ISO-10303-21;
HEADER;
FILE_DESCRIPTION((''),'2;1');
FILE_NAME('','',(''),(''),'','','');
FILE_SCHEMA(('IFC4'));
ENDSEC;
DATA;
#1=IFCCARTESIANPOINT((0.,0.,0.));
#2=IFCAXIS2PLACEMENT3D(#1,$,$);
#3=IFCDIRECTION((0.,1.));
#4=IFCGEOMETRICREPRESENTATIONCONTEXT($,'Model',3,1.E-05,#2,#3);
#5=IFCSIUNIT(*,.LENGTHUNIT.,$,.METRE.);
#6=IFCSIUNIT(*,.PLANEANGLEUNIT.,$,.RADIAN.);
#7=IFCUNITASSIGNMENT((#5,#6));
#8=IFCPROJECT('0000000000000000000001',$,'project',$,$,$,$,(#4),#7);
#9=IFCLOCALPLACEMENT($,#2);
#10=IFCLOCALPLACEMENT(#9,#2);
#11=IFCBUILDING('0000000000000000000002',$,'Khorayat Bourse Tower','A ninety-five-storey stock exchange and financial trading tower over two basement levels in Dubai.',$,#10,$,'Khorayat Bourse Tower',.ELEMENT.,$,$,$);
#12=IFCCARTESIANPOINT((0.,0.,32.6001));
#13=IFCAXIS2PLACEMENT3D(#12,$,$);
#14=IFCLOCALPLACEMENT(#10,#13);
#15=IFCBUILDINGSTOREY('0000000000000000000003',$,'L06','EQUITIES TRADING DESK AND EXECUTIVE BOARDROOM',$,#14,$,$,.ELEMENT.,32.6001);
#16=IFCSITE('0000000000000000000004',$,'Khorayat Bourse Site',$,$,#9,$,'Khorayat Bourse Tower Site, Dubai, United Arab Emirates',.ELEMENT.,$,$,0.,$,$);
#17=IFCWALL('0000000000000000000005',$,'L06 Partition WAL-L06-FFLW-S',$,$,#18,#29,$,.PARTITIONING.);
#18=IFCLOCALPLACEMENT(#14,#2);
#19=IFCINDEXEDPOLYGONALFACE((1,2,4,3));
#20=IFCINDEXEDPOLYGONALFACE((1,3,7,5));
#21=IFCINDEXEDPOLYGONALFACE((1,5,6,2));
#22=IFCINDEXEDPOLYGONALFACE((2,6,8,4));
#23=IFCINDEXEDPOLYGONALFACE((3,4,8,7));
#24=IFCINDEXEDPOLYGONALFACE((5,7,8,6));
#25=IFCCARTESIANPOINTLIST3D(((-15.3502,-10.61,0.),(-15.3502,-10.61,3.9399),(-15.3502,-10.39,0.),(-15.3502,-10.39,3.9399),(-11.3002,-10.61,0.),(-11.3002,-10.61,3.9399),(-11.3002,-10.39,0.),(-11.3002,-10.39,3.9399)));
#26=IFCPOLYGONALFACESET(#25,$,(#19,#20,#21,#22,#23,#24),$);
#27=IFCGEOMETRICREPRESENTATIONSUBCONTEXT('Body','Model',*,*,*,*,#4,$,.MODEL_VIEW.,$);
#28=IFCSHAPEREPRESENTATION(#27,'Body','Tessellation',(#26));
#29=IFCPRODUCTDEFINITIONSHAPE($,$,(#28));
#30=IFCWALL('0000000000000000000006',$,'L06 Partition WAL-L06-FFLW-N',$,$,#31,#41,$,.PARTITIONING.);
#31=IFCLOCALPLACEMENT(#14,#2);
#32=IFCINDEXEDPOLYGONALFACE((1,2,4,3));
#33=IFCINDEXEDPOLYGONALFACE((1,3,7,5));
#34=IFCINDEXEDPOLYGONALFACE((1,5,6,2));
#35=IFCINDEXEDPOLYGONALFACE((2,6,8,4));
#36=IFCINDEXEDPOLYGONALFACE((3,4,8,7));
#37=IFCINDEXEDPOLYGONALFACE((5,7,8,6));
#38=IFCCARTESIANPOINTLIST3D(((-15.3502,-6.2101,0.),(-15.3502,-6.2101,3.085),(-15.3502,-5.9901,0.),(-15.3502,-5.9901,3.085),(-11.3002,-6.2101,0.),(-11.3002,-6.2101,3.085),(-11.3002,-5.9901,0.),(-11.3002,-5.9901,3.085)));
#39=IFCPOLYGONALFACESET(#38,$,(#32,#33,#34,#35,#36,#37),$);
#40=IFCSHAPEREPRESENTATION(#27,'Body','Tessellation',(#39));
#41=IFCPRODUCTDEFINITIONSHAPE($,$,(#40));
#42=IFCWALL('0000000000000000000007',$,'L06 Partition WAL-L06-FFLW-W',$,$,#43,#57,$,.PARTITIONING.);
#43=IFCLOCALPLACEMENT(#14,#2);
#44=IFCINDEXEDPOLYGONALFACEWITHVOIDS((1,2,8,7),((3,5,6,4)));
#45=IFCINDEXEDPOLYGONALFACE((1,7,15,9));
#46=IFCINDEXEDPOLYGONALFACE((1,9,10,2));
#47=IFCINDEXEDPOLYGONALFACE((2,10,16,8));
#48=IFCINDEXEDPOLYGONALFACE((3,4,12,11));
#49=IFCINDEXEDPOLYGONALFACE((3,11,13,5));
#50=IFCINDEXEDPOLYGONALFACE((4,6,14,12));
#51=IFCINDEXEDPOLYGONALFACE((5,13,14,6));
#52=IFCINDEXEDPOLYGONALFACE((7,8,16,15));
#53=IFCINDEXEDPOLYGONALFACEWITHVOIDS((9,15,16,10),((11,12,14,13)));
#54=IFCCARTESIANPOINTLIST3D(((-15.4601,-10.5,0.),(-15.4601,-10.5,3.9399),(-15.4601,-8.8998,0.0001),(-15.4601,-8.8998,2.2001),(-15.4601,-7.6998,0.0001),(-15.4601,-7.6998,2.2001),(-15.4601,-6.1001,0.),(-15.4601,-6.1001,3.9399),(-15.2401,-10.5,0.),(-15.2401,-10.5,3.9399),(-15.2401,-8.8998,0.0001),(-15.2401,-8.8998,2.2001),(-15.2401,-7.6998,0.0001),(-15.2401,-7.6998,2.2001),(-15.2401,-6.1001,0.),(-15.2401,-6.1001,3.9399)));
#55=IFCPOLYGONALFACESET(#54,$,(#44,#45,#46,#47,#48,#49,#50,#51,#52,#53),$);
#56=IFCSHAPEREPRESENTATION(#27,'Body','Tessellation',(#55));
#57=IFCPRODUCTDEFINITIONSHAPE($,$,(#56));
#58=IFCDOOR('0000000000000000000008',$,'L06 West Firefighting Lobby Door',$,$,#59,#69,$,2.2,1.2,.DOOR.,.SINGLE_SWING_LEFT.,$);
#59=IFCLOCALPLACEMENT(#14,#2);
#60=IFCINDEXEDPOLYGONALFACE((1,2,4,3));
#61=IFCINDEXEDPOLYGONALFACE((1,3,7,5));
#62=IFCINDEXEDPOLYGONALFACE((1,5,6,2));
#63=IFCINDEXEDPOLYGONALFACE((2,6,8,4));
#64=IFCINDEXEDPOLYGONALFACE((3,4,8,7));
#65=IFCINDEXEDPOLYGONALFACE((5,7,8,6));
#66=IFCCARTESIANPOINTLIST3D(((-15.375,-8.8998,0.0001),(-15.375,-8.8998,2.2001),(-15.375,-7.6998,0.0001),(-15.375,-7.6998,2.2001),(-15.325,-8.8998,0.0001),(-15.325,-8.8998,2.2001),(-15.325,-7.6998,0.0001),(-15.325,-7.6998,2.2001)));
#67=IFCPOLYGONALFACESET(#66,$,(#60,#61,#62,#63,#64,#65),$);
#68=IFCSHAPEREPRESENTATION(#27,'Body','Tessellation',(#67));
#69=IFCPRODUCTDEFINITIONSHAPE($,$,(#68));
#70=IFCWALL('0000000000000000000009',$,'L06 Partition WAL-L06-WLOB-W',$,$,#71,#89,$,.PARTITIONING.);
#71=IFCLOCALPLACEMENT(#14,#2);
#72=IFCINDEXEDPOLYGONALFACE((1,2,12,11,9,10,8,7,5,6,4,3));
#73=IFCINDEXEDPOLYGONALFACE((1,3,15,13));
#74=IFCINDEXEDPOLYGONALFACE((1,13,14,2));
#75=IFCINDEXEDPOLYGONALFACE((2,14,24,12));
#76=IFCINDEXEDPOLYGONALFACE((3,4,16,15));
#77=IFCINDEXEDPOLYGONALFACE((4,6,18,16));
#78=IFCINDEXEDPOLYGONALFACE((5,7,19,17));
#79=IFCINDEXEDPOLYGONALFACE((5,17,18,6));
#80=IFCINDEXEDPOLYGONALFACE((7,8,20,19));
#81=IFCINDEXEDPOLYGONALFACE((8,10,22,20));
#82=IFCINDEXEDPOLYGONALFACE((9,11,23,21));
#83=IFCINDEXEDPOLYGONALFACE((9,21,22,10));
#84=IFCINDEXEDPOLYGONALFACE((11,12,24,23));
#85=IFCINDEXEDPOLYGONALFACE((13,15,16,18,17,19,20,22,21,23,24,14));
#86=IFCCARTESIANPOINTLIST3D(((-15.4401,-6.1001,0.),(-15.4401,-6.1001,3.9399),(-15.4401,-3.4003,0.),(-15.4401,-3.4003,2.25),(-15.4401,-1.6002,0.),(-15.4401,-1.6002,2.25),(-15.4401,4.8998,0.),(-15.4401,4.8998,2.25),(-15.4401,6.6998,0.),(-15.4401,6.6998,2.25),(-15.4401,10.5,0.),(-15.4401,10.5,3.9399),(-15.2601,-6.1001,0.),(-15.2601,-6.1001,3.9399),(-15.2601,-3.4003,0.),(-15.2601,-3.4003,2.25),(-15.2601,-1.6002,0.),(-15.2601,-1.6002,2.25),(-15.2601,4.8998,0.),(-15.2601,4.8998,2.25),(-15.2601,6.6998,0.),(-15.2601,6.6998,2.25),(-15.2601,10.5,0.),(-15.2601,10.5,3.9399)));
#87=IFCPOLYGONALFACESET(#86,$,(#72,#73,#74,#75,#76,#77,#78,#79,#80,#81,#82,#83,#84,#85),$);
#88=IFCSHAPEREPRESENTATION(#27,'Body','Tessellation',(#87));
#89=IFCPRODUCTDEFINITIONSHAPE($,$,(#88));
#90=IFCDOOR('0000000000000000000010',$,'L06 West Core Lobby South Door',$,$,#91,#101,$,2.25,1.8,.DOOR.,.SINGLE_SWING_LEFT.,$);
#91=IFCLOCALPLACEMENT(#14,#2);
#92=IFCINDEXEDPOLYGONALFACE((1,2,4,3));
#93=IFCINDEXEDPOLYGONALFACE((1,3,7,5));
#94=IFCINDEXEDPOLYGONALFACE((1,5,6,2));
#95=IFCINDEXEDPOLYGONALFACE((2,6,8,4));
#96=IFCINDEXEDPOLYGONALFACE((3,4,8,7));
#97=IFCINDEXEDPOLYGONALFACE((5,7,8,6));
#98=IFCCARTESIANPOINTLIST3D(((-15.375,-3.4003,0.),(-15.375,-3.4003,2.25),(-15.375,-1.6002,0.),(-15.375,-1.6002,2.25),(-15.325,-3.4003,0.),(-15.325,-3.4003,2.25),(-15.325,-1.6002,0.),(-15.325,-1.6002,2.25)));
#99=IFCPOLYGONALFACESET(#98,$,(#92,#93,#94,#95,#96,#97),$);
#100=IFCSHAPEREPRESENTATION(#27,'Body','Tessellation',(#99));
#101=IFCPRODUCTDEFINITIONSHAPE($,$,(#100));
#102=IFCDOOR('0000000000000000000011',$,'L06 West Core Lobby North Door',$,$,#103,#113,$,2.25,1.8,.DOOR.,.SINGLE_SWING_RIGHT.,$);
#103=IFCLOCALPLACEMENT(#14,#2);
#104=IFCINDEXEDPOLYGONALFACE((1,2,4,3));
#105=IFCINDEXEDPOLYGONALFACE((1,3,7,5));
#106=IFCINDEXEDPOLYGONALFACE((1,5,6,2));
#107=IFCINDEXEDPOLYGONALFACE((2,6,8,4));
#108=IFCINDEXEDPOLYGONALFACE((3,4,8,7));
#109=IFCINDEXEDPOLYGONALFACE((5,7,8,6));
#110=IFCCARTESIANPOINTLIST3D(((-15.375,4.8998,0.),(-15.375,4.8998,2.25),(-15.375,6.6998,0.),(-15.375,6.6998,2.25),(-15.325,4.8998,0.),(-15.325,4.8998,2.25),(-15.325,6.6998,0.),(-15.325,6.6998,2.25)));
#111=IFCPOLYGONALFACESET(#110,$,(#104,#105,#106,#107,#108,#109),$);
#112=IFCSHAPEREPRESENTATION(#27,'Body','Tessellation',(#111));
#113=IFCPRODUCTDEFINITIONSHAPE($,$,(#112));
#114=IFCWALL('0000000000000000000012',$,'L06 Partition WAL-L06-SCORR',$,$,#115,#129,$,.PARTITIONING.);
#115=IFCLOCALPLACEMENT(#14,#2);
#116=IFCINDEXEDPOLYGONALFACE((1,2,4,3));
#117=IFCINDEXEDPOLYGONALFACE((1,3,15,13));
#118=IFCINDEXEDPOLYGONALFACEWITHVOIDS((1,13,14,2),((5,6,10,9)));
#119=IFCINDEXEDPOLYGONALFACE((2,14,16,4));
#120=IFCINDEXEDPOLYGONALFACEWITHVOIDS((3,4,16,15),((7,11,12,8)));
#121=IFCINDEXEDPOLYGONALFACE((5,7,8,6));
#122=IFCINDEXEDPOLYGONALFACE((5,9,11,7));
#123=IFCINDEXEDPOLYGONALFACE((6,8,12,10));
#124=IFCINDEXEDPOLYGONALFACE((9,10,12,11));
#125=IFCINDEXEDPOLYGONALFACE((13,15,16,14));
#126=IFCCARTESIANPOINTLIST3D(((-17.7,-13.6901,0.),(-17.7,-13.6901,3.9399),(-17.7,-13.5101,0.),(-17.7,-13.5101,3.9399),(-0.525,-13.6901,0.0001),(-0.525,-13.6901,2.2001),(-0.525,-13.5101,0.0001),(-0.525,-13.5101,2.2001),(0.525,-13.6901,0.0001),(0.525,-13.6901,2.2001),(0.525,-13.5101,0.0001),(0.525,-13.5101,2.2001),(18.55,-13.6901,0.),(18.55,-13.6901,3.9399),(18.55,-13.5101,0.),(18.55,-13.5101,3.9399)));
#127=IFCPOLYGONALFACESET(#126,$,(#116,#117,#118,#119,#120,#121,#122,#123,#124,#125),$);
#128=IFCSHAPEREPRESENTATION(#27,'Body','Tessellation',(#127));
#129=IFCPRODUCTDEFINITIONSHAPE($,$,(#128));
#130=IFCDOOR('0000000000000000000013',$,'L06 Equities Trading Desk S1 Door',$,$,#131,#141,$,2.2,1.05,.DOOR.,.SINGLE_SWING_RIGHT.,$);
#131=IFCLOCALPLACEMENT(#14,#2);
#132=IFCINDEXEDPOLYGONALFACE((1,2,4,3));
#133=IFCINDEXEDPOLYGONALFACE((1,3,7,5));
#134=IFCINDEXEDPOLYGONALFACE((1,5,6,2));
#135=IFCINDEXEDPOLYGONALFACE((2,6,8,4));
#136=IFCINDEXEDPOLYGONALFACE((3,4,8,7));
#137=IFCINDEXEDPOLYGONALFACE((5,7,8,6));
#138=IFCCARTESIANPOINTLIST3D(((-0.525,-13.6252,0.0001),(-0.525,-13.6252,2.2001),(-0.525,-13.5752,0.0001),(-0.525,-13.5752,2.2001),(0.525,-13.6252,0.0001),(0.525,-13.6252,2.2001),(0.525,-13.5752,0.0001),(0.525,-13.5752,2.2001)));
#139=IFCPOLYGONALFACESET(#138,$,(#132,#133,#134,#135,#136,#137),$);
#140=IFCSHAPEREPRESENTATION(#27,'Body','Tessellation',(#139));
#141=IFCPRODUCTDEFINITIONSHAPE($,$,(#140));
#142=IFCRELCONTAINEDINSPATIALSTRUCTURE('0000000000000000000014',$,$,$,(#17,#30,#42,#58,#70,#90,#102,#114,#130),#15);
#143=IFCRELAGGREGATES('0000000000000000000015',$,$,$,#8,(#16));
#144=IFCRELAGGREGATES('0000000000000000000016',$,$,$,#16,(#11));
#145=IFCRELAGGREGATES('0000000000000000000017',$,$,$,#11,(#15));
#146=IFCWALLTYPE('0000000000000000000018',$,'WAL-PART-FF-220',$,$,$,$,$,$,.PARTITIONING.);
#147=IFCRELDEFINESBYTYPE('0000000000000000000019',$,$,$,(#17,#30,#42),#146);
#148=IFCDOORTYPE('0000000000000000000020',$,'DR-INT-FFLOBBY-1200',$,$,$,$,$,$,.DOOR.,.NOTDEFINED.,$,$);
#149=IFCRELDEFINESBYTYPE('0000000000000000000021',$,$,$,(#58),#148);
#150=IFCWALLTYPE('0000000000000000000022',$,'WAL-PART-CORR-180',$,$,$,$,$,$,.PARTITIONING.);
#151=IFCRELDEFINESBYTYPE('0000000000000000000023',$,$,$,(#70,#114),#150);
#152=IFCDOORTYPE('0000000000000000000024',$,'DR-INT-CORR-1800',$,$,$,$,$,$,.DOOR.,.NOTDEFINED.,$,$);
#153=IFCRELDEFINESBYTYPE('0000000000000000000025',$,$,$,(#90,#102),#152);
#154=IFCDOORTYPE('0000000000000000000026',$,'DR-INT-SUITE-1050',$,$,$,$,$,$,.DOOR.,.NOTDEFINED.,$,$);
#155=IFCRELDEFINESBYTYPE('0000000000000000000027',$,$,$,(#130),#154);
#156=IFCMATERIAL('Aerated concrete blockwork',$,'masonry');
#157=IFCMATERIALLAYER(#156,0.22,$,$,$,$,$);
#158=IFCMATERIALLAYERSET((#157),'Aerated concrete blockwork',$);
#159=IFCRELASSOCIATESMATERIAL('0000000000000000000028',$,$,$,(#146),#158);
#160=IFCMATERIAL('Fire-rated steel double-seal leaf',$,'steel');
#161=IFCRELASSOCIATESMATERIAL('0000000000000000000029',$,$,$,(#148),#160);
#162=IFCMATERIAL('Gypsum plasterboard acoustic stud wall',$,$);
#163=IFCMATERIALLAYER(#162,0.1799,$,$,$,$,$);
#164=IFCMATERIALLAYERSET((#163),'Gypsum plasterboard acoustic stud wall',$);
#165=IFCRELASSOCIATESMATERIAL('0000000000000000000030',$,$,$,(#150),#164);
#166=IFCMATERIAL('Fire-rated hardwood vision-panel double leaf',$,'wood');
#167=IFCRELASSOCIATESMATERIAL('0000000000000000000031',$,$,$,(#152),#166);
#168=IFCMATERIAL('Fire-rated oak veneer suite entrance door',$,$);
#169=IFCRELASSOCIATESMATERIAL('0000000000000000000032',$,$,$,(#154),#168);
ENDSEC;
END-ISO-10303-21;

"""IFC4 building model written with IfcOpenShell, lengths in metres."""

from ifc_helpers import new_model, si_unit, direction, frame, frame_2d, origin, place, context, subcontext, project, spatial, rectangle, extrude, source, transform, mapped, material, layer, layer_set, type_object, element, fill, save


model = new_model("IFC4")

# Units and contexts
model_context = context("Model", 3, precision=1e-05, world=origin(), true_north=direction((0.0, 1.0)))
body_context = subcontext(model_context, "Body", "Model", "MODEL_VIEW")
ifc_project = project(units=[si_unit("LENGTHUNIT", "METRE"), si_unit("PLANEANGLEUNIT", "RADIAN")], contexts=[model_context])

# Site, building, storey
site_placement = place(None, origin())
site = spatial("IfcSite", under=ifc_project, at=site_placement, Name="Khorayat Bourse Site", LongName="Khorayat Bourse Tower Site, Dubai, United Arab Emirates", CompositionType="ELEMENT", RefElevation=0.0)
building_placement = place(site_placement, origin())
building = spatial("IfcBuilding", under=site, at=building_placement, Name="Khorayat Bourse Tower", Description="A ninety-five-storey stock exchange and financial trading tower over two basement levels in Dubai.", LongName="Khorayat Bourse Tower", CompositionType="ELEMENT")
storey_placement = place(building_placement, frame((0.0, 0.0, 32.6001)))
storey = spatial("IfcBuildingStorey", under=building, at=storey_placement, Name="L06", Description="EQUITIES TRADING DESK AND EXECUTIVE BOARDROOM", CompositionType="ELEMENT", Elevation=32.6001)

# Walls
ifc_material_1 = material(Name="Aerated concrete blockwork", Category="masonry")
ifc_layer_1 = layer(ifc_material_1, 0.22)
ifc_layer_set_1 = layer_set([ifc_layer_1], Name="Aerated concrete blockwork")
wall_type_1 = type_object("IfcWallType", Name="WAL-PART-FF-220", PredefinedType="PARTITIONING", material=ifc_layer_set_1)
shared_shape_1 = source(origin(), body_context, "Body", "SweptSolid", [
    extrude(rectangle(XDim=4.05, YDim=0.22, at=frame_2d((2.0249, 0.0))), origin(), (0.0, 0.0, 1.0), 3.9399),
])
wall_1_placement = place(storey_placement, frame((-15.3501, -10.5, 0.0), z_axis=(0.0, 0.0, 1.0), x_axis=(1.0, 0.0, 0.0)))
element("IfcWall", 1, at=wall_1_placement, inside=storey, type_object=wall_type_1, Name="L06 Partition WAL-L06-FFLW-S", PredefinedType="PARTITIONING", context=body_context, shape_type="MappedRepresentation", body=[
    mapped(shared_shape_1, transform((0.0, 0.0, 0.0), scale=1.0)),
])
shared_shape_2 = source(origin(), body_context, "Body", "SweptSolid", [
    extrude(rectangle(XDim=4.05, YDim=0.22, at=frame_2d((2.0249, 0.0))), origin(), (0.0, 0.0, 1.0), 3.085),
])
wall_2_placement = place(storey_placement, frame((-15.3501, -6.1001, 0.0), z_axis=(0.0, 0.0, 1.0), x_axis=(1.0, 0.0, 0.0)))
element("IfcWall", 2, at=wall_2_placement, inside=storey, type_object=wall_type_1, Name="L06 Partition WAL-L06-FFLW-N", PredefinedType="PARTITIONING", context=body_context, shape_type="MappedRepresentation", body=[
    mapped(shared_shape_2, transform((0.0, 0.0, 0.0), scale=1.0)),
])

# Wall, opening, door
shared_shape_3 = source(origin(), body_context, "Body", "SweptSolid", [
    extrude(rectangle(XDim=4.3999, YDim=0.22, at=frame_2d((2.2, 0.0))), origin(), (0.0, 0.0, 1.0), 3.9399),
])
wall_3_placement = place(storey_placement, frame((-15.3501, -10.5, 0.0), z_axis=(0.0, 0.0, 1.0), x_axis=(0.0, 1.0, 0.0)))
wall_3 = element("IfcWall", 3, at=wall_3_placement, inside=storey, type_object=wall_type_1, Name="L06 Partition WAL-L06-FFLW-W", PredefinedType="PARTITIONING", context=body_context, shape_type="MappedRepresentation", body=[
    mapped(shared_shape_3, transform((0.0, 0.0, 0.0), scale=1.0)),
])
shared_shape_4 = source(origin(), body_context, "Body", "SweptSolid", [
    extrude(rectangle(XDim=1.2, YDim=2.2, at=frame_2d((0.6001, 1.1001))), frame((0.0, 0.1199, 0.0), z_axis=(0.0, -1.0, 0.0), x_axis=(1.0, 0.0, 0.0)), (0.0, 0.0, 1.0), 0.24),
])
opening_1_placement = place(wall_3_placement, frame((1.6001, 0.0, 0.0)))
opening_1 = element("IfcOpeningElement", 4, at=opening_1_placement, cuts=wall_3, PredefinedType="OPENING", context=body_context, shape_type="MappedRepresentation", body=[
    mapped(shared_shape_4, transform((0.0, 0.0, 0.0), scale=1.0)),
])
ifc_material_2 = material(Name="Fire-rated steel double-seal leaf", Category="steel")
door_type_1 = type_object("IfcDoorType", Name="DR-INT-FFLOBBY-1200", OperationType="NOTDEFINED", PredefinedType="DOOR", material=ifc_material_2)
shared_shape_5 = source(origin(), body_context, "Body", "SweptSolid", [
    extrude(rectangle(XDim=1.2, YDim=2.2, at=frame_2d((0.6001, 1.1001))), frame((0.0, 0.0249, 0.0), z_axis=(0.0, -1.0, 0.0), x_axis=(1.0, 0.0, 0.0)), (0.0, 0.0, 1.0), 0.05),
])
door_1_placement = place(opening_1_placement, origin())
door_1 = element("IfcDoor", 5, at=door_1_placement, inside=storey, type_object=door_type_1, Name="L06 West Firefighting Lobby Door", OperationType="SINGLE_SWING_LEFT", OverallHeight=2.2, OverallWidth=1.2, PredefinedType="DOOR", context=body_context, shape_type="MappedRepresentation", body=[
    mapped(shared_shape_5, transform((0.0, 0.0, 0.0), scale=1.0)),
])
fill(opening_1, door_1)

# Wall, openings, doors
ifc_material_3 = material(Name="Gypsum plasterboard acoustic stud wall")
ifc_layer_2 = layer(ifc_material_3, 0.1799)
ifc_layer_set_2 = layer_set([ifc_layer_2], Name="Gypsum plasterboard acoustic stud wall")
wall_type_2 = type_object("IfcWallType", Name="WAL-PART-CORR-180", PredefinedType="PARTITIONING", material=ifc_layer_set_2)
shared_shape_6 = source(origin(), body_context, "Body", "SweptSolid", [
    extrude(rectangle(XDim=16.6001, YDim=0.1799, at=frame_2d((8.3, 0.0))), origin(), (0.0, 0.0, 1.0), 3.9399),
])
wall_4_placement = place(storey_placement, frame((-15.3501, -6.1001, 0.0), z_axis=(0.0, 0.0, 1.0), x_axis=(0.0, 1.0, 0.0)))
wall_4 = element("IfcWall", 6, at=wall_4_placement, inside=storey, type_object=wall_type_2, Name="L06 Partition WAL-L06-WLOB-W", PredefinedType="PARTITIONING", context=body_context, shape_type="MappedRepresentation", body=[
    mapped(shared_shape_6, transform((0.0, 0.0, 0.0), scale=1.0)),
])
shared_shape_7 = source(origin(), body_context, "Body", "SweptSolid", [
    extrude(rectangle(XDim=1.8, YDim=2.25, at=frame_2d((0.8999, 1.125))), frame((0.0, 0.0999, 0.0), z_axis=(0.0, -1.0, 0.0), x_axis=(1.0, 0.0, 0.0)), (0.0, 0.0, 1.0), 0.2),
])
opening_2_placement = place(wall_4_placement, frame((2.7, 0.0, 0.0)))
opening_2 = element("IfcOpeningElement", 7, at=opening_2_placement, cuts=wall_4, PredefinedType="OPENING", context=body_context, shape_type="MappedRepresentation", body=[
    mapped(shared_shape_7, transform((0.0, 0.0, 0.0), scale=1.0)),
])
opening_3_placement = place(wall_4_placement, frame((11.0, 0.0, 0.0)))
opening_3 = element("IfcOpeningElement", 8, at=opening_3_placement, cuts=wall_4, PredefinedType="OPENING", context=body_context, shape_type="MappedRepresentation", body=[
    mapped(shared_shape_7, transform((0.0, 0.0, 0.0), scale=1.0)),
])
ifc_material_4 = material(Name="Fire-rated hardwood vision-panel double leaf", Category="wood")
door_type_2 = type_object("IfcDoorType", Name="DR-INT-CORR-1800", OperationType="NOTDEFINED", PredefinedType="DOOR", material=ifc_material_4)
shared_shape_8 = source(origin(), body_context, "Body", "SweptSolid", [
    extrude(rectangle(XDim=1.8, YDim=2.25, at=frame_2d((0.8999, 1.125))), frame((0.0, 0.0249, 0.0), z_axis=(0.0, -1.0, 0.0), x_axis=(1.0, 0.0, 0.0)), (0.0, 0.0, 1.0), 0.05),
])
door_2_placement = place(opening_2_placement, origin())
door_2 = element("IfcDoor", 9, at=door_2_placement, inside=storey, type_object=door_type_2, Name="L06 West Core Lobby South Door", OperationType="SINGLE_SWING_LEFT", OverallHeight=2.25, OverallWidth=1.8, PredefinedType="DOOR", context=body_context, shape_type="MappedRepresentation", body=[
    mapped(shared_shape_8, transform((0.0, 0.0, 0.0), scale=1.0)),
])
fill(opening_2, door_2)
door_3_placement = place(opening_3_placement, origin())
door_3 = element("IfcDoor", 10, at=door_3_placement, inside=storey, type_object=door_type_2, Name="L06 West Core Lobby North Door", OperationType="SINGLE_SWING_RIGHT", OverallHeight=2.25, OverallWidth=1.8, PredefinedType="DOOR", context=body_context, shape_type="MappedRepresentation", body=[
    mapped(shared_shape_8, transform((0.0, 0.0, 0.0), scale=1.0)),
])
fill(opening_3, door_3)

# Wall, opening, door
shared_shape_9 = source(origin(), body_context, "Body", "SweptSolid", [
    extrude(rectangle(XDim=36.25, YDim=0.1799, at=frame_2d((18.125, 0.0))), origin(), (0.0, 0.0, 1.0), 3.9399),
])
wall_5_placement = place(storey_placement, frame((-17.7, -13.6001, 0.0), z_axis=(0.0, 0.0, 1.0), x_axis=(1.0, 0.0, 0.0)))
wall_5 = element("IfcWall", 11, at=wall_5_placement, inside=storey, type_object=wall_type_2, Name="L06 Partition WAL-L06-SCORR", PredefinedType="PARTITIONING", context=body_context, shape_type="MappedRepresentation", body=[
    mapped(shared_shape_9, transform((0.0, 0.0, 0.0), scale=1.0)),
])
shared_shape_10 = source(origin(), body_context, "Body", "SweptSolid", [
    extrude(rectangle(XDim=1.05, YDim=2.2, at=frame_2d((0.5249, 1.1001))), frame((0.0, 0.0999, 0.0), z_axis=(0.0, -1.0, 0.0), x_axis=(1.0, 0.0, 0.0)), (0.0, 0.0, 1.0), 0.2),
])
opening_4_placement = place(wall_5_placement, frame((17.175, 0.0, 0.0)))
opening_4 = element("IfcOpeningElement", 12, at=opening_4_placement, cuts=wall_5, PredefinedType="OPENING", context=body_context, shape_type="MappedRepresentation", body=[
    mapped(shared_shape_10, transform((0.0, 0.0, 0.0), scale=1.0)),
])
ifc_material_5 = material(Name="Fire-rated oak veneer suite entrance door")
door_type_3 = type_object("IfcDoorType", Name="DR-INT-SUITE-1050", OperationType="NOTDEFINED", PredefinedType="DOOR", material=ifc_material_5)
shared_shape_11 = source(origin(), body_context, "Body", "SweptSolid", [
    extrude(rectangle(XDim=1.05, YDim=2.2, at=frame_2d((0.5249, 1.1001))), frame((0.0, 0.0249, 0.0), z_axis=(0.0, -1.0, 0.0), x_axis=(1.0, 0.0, 0.0)), (0.0, 0.0, 1.0), 0.05),
])
door_4_placement = place(opening_4_placement, origin())
door_4 = element("IfcDoor", 13, at=door_4_placement, inside=storey, type_object=door_type_3, Name="L06 Equities Trading Desk S1 Door", OperationType="SINGLE_SWING_RIGHT", OverallHeight=2.2, OverallWidth=1.05, PredefinedType="DOOR", context=body_context, shape_type="MappedRepresentation", body=[
    mapped(shared_shape_11, transform((0.0, 0.0, 0.0), scale=1.0)),
])
fill(opening_4, door_4)

save(model, "model.ifc")
